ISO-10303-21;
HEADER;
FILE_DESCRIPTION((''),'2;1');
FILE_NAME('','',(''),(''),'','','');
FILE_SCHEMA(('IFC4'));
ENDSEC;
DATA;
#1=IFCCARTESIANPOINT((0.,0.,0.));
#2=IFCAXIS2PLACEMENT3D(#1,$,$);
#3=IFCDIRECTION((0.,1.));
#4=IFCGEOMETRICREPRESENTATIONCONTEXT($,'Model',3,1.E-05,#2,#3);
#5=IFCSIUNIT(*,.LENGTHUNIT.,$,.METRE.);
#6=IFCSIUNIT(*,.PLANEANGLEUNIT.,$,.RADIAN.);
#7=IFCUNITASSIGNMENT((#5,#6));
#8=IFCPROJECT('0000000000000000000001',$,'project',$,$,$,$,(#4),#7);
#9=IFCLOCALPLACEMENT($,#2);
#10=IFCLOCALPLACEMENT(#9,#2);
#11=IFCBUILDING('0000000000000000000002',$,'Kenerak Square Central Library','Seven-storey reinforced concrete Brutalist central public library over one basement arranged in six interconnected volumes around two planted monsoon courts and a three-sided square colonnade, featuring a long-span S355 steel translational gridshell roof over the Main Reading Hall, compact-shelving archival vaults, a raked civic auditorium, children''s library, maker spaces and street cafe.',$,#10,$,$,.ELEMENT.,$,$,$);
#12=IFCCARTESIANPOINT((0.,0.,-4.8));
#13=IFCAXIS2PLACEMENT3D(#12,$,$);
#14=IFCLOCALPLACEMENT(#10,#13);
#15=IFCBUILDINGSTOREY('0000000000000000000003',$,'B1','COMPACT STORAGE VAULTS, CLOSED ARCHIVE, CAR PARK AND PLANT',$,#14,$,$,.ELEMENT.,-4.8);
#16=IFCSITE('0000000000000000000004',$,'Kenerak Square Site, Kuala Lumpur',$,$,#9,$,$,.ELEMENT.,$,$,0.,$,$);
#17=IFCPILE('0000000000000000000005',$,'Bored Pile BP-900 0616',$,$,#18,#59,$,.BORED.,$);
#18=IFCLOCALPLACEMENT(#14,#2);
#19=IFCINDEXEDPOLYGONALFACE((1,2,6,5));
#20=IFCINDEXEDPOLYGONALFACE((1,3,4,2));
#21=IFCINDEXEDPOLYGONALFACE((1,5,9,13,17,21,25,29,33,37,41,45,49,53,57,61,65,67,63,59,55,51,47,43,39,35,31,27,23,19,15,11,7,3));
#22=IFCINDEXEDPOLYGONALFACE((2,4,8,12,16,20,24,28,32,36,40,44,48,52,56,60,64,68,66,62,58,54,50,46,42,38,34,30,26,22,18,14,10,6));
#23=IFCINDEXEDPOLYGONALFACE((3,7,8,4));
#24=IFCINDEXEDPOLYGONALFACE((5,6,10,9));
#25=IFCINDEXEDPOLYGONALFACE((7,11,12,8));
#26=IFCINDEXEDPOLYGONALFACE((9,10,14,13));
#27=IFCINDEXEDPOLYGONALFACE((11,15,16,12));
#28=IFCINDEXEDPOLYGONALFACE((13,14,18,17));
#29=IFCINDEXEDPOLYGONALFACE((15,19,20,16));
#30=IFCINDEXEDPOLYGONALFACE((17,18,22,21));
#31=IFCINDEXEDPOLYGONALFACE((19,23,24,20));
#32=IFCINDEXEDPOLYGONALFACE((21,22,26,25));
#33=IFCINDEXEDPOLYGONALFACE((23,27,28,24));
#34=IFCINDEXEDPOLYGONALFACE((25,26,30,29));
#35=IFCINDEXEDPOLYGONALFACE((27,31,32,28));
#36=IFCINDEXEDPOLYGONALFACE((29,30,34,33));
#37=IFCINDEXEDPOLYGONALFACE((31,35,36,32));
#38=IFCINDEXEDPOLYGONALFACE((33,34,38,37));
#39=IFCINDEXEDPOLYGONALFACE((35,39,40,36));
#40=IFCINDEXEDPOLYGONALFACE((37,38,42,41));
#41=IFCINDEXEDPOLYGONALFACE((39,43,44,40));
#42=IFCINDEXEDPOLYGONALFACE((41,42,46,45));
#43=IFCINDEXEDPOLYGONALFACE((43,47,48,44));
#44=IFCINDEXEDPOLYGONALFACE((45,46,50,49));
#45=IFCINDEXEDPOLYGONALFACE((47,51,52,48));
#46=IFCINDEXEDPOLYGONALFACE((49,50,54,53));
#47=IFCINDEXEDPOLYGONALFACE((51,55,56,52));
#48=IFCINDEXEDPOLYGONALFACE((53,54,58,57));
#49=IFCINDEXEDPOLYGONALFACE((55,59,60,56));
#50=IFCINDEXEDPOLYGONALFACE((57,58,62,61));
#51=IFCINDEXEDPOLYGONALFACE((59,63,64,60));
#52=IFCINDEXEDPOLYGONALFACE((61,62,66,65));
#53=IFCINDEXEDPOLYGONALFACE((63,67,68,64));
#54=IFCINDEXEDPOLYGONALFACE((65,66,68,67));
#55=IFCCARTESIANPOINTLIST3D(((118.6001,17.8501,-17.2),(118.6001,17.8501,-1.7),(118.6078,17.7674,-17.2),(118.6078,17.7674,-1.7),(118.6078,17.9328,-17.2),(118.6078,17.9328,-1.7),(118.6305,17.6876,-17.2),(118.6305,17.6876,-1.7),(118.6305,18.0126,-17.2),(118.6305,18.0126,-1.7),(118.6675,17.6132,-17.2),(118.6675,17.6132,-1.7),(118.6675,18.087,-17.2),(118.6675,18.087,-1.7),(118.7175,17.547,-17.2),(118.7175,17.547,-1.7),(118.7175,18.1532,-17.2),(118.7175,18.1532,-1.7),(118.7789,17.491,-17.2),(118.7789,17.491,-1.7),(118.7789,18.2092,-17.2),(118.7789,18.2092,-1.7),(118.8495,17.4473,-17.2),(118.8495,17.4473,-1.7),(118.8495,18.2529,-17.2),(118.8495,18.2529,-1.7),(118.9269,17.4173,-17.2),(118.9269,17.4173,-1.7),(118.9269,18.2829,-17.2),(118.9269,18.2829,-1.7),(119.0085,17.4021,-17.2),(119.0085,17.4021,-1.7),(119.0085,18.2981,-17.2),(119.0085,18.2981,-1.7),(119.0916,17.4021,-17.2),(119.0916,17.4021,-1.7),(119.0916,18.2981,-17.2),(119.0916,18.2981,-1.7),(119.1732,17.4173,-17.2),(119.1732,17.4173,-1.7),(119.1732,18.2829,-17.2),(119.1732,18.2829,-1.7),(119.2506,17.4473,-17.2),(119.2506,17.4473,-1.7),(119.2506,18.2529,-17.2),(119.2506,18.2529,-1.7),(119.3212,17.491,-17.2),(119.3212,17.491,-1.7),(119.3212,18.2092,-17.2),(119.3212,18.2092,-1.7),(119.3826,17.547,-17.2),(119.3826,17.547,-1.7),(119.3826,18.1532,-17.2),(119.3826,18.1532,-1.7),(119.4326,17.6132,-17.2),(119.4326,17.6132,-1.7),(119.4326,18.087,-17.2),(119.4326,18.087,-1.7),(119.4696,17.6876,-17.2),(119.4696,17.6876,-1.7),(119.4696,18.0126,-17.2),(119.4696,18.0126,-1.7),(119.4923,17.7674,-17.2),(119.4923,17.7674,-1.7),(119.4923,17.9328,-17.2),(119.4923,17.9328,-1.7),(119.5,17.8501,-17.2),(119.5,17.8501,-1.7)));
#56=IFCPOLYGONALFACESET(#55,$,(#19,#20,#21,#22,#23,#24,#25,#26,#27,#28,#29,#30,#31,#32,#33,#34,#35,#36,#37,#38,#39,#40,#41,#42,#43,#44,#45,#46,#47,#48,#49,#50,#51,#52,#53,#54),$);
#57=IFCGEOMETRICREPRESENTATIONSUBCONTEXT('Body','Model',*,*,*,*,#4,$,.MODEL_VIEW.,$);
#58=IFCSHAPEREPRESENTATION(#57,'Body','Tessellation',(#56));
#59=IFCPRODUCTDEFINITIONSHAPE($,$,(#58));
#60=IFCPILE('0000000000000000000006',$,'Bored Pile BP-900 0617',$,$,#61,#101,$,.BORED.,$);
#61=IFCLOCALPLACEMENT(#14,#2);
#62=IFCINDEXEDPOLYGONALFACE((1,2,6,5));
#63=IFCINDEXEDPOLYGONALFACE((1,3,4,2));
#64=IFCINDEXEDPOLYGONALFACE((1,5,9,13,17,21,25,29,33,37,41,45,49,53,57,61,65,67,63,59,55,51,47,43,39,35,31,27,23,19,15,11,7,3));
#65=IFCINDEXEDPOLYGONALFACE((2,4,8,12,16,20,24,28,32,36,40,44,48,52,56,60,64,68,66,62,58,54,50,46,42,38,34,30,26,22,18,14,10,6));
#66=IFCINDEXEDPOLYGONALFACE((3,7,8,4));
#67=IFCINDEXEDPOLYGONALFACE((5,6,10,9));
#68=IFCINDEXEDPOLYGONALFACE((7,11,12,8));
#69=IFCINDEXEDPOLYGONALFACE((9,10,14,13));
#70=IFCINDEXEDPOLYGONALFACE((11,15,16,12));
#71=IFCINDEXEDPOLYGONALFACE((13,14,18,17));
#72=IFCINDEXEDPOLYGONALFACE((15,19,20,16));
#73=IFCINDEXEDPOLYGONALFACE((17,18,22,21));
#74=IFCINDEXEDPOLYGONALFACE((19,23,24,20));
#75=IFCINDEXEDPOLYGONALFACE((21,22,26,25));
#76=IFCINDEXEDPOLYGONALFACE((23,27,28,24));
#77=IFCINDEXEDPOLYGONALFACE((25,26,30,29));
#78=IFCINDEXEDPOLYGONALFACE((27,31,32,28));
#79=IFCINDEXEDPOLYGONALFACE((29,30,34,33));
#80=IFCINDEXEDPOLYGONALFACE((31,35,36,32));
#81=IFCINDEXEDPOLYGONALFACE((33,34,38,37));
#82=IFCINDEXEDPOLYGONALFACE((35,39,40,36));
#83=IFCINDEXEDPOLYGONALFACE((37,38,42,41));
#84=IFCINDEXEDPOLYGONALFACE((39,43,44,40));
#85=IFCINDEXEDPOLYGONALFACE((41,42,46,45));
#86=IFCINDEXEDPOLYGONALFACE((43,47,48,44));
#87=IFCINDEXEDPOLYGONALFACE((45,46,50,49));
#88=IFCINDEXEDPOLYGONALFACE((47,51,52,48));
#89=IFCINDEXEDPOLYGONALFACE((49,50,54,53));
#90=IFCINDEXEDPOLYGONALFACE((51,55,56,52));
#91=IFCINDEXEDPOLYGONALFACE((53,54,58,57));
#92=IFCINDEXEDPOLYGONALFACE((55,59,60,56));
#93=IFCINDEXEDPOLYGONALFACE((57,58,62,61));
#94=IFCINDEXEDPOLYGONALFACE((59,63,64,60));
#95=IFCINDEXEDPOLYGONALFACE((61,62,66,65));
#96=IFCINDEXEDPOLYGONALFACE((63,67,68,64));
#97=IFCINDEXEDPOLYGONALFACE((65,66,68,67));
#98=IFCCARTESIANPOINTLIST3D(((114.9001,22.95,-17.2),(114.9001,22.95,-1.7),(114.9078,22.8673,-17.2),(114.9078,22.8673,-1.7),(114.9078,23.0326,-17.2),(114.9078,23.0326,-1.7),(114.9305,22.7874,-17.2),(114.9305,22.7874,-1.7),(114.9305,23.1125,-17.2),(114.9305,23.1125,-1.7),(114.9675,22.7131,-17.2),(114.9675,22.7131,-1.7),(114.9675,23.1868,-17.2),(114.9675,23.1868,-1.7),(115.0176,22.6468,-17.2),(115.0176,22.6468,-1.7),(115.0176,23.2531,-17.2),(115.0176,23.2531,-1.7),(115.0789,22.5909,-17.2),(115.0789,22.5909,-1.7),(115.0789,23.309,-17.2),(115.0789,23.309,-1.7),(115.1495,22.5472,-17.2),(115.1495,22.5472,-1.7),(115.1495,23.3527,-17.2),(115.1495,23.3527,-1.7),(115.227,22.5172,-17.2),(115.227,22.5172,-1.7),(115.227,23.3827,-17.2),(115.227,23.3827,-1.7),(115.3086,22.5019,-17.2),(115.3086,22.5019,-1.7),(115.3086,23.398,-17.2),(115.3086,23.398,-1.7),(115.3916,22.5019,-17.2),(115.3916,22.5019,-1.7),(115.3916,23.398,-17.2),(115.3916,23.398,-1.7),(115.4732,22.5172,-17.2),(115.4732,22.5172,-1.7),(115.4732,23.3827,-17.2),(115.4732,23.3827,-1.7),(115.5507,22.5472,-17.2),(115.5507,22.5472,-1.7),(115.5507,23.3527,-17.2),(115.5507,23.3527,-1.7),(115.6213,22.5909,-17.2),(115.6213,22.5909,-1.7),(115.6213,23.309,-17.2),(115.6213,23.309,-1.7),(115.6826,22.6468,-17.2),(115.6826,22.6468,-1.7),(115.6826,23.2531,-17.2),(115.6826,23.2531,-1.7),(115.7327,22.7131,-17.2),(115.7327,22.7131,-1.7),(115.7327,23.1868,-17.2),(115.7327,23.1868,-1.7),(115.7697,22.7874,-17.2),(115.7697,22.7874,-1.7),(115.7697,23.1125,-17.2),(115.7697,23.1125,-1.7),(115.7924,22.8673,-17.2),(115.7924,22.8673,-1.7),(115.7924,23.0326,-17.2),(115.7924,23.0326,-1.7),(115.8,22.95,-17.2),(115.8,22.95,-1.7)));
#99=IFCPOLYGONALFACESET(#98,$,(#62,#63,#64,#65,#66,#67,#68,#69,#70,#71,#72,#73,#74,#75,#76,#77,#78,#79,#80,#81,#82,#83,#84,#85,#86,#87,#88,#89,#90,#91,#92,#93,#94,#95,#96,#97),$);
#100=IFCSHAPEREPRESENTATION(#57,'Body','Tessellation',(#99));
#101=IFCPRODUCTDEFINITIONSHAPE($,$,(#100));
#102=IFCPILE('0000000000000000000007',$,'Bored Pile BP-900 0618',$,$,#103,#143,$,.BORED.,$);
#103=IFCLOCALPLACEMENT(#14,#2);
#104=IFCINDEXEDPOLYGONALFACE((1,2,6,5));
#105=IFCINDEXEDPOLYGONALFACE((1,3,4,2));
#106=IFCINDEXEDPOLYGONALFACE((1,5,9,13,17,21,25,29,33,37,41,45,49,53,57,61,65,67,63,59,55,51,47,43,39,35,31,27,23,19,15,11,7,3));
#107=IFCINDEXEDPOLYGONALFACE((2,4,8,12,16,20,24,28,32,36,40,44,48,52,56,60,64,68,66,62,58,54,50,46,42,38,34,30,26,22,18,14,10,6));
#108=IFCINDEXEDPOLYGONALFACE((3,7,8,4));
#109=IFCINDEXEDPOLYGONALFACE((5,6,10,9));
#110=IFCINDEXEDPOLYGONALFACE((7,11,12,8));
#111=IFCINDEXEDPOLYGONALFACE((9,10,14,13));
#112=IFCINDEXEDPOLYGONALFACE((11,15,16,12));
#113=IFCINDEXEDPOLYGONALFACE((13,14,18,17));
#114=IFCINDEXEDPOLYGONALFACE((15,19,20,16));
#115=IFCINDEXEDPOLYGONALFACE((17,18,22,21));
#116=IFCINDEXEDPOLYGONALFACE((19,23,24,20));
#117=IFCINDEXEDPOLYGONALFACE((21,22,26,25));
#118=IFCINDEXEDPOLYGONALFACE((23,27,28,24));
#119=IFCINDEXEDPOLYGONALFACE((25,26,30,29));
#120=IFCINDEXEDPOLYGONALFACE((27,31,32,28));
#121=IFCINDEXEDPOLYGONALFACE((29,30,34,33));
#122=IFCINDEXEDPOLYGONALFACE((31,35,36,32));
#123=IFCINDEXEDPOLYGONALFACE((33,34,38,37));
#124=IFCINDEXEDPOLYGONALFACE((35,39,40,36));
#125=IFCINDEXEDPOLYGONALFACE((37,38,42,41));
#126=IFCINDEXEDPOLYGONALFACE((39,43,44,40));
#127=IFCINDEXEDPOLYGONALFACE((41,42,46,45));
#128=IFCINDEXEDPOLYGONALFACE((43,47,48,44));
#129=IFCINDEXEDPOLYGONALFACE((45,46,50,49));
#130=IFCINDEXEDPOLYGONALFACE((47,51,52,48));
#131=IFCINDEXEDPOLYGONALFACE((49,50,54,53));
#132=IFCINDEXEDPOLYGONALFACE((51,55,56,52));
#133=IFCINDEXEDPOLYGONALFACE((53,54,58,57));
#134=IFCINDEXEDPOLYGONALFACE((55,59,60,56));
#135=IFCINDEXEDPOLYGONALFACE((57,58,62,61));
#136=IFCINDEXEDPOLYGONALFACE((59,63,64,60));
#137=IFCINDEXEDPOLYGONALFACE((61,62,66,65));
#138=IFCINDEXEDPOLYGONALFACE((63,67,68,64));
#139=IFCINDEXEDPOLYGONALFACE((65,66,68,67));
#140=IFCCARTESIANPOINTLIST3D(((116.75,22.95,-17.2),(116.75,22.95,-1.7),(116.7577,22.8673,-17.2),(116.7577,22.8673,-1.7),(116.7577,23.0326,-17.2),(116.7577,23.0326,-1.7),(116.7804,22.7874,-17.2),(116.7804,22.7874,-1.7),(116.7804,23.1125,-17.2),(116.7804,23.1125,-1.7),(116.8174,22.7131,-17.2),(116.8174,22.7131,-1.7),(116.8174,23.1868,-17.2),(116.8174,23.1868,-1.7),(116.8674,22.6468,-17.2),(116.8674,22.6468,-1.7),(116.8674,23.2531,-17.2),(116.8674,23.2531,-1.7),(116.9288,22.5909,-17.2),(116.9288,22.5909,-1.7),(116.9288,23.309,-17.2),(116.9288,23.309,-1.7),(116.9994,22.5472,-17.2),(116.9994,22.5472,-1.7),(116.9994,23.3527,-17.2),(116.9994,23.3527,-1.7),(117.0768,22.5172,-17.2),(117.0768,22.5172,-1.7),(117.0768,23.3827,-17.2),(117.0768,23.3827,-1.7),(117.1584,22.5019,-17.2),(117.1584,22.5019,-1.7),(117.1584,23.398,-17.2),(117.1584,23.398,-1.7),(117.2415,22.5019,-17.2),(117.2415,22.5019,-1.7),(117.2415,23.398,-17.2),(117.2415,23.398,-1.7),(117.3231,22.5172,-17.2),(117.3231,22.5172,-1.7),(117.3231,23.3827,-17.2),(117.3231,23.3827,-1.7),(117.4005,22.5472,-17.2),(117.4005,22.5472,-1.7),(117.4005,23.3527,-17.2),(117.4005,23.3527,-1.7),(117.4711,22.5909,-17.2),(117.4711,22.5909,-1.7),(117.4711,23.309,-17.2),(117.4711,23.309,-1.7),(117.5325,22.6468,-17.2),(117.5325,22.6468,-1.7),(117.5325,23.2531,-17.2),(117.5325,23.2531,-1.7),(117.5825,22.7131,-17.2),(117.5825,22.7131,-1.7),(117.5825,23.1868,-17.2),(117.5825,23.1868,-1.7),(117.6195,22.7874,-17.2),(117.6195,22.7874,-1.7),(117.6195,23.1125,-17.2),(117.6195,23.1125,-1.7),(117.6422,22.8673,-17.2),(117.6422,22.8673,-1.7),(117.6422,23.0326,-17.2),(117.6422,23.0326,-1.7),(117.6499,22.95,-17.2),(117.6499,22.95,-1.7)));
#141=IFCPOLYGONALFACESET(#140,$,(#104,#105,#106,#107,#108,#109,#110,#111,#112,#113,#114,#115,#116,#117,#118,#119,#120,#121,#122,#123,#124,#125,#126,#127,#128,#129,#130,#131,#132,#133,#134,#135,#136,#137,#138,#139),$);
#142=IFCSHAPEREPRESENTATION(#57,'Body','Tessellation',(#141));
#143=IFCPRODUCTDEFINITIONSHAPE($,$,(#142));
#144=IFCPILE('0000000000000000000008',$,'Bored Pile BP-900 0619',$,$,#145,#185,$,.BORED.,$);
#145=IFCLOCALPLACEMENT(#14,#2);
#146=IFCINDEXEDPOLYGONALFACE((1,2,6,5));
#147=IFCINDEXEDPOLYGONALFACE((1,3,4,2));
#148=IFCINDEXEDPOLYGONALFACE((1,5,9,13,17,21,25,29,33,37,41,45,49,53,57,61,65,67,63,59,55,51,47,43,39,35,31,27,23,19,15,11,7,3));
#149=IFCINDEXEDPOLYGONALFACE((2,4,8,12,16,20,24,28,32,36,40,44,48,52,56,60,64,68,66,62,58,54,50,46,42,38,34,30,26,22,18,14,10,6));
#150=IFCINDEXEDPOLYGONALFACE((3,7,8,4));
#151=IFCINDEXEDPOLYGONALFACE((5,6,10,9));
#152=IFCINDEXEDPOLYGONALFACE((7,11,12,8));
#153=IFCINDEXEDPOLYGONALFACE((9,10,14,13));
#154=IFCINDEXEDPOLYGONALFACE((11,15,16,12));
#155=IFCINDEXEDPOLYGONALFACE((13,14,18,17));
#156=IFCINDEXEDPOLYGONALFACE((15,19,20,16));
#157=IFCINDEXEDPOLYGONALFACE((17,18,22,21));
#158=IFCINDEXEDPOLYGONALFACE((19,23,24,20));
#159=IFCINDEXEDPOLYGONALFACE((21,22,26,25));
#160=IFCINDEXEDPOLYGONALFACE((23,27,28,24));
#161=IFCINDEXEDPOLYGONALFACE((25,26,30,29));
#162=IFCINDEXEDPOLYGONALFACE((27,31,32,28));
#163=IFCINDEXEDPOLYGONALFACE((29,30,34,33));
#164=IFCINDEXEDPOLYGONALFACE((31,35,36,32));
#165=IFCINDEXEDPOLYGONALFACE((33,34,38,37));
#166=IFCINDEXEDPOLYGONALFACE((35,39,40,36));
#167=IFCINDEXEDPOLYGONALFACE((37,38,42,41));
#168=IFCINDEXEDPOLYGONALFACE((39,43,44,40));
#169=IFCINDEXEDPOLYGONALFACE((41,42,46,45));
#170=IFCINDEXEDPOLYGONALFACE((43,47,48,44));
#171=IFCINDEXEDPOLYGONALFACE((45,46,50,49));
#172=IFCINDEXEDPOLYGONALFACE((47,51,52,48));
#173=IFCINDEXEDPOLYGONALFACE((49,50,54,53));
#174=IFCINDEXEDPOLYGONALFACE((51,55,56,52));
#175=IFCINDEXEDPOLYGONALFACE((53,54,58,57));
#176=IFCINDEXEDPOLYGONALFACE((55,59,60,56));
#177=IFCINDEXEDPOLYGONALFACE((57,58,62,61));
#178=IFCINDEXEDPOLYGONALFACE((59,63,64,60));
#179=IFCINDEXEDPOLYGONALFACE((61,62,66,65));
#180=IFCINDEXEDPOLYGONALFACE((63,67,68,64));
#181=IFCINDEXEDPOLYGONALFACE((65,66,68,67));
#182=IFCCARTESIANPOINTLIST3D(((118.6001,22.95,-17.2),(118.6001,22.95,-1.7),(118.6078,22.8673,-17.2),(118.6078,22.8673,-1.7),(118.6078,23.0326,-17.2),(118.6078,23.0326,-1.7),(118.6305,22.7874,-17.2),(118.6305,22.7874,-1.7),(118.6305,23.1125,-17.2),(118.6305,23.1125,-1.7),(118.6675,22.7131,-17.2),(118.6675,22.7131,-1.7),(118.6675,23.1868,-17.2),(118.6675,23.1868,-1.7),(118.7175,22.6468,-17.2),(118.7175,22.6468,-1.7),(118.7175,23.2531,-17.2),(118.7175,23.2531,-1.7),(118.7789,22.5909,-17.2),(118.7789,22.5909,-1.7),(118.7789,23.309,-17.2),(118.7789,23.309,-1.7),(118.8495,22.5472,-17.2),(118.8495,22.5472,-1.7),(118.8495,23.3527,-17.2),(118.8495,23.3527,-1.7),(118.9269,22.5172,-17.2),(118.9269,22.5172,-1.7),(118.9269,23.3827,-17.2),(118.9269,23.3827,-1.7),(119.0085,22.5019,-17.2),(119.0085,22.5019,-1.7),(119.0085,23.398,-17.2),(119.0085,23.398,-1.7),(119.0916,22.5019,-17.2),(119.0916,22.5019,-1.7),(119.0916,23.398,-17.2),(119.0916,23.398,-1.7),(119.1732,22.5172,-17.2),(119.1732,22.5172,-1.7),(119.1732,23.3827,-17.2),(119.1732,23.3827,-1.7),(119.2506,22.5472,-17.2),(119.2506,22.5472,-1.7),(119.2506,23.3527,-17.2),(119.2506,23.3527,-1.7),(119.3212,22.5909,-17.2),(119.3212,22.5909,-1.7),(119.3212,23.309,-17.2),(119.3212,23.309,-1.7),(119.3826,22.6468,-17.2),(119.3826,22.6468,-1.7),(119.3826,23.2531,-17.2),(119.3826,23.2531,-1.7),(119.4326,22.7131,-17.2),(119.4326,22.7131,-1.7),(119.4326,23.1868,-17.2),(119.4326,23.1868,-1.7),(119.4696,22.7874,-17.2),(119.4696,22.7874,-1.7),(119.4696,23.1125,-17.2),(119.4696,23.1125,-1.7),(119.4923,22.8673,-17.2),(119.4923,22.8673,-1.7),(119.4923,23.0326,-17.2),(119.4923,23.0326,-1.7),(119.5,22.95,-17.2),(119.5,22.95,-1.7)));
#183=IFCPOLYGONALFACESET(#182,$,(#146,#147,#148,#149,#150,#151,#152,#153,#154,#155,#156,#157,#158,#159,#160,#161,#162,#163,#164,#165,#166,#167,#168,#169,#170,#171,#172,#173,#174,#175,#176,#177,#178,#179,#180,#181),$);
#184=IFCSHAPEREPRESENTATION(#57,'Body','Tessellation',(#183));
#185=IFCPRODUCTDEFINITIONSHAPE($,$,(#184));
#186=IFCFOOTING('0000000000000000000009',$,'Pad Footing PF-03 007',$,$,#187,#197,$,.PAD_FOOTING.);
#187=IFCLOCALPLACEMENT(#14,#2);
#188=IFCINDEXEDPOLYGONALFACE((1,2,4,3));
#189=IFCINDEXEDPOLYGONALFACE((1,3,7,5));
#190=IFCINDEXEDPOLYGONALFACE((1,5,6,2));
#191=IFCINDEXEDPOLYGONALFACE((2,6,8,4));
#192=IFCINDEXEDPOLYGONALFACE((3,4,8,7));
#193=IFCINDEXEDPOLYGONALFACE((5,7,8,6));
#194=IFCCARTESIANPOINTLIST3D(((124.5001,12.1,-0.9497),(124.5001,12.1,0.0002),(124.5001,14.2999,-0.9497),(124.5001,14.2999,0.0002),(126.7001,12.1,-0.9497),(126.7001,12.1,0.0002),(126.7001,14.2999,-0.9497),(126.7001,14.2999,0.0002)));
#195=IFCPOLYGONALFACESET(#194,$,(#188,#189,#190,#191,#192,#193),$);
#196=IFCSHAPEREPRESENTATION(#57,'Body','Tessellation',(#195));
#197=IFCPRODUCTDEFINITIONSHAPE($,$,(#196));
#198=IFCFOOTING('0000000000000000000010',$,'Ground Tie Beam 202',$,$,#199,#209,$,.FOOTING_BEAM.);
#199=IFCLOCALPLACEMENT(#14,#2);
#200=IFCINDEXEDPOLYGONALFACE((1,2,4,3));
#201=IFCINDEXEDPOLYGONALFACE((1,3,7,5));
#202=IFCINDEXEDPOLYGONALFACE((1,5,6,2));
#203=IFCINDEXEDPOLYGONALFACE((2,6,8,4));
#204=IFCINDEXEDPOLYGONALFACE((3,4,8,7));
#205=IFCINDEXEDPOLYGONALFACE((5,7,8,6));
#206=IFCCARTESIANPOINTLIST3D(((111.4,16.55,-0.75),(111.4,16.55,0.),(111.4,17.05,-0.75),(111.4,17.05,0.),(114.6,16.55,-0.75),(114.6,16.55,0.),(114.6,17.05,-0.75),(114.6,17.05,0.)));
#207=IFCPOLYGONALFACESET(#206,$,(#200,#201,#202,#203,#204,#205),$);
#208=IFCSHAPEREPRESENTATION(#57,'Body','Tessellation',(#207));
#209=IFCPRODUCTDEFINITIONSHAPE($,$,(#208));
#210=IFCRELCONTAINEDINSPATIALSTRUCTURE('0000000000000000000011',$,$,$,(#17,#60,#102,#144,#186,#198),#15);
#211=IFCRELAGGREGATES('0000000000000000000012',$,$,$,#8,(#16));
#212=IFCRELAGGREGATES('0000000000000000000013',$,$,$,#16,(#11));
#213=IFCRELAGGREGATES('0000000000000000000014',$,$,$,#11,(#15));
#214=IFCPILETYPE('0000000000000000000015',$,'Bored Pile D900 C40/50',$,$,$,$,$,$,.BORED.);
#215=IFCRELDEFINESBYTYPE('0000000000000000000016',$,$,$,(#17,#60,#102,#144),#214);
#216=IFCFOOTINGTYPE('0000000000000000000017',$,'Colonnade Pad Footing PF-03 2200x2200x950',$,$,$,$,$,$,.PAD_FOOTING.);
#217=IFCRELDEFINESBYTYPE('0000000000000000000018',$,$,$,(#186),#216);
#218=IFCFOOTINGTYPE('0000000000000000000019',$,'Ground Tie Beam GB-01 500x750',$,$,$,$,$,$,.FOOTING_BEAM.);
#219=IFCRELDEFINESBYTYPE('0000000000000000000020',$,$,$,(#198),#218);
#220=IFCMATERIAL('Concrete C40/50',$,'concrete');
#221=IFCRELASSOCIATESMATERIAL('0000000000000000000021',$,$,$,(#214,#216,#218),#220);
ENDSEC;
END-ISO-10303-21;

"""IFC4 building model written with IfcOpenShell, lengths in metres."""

from ifc_helpers import new_model, si_unit, direction, frame, origin, origin_2d, place, context, subcontext, project, spatial, rectangle, circle, extrude, material, material_profile, profile_set, type_object, element, save


model = new_model("IFC4")

# Units and contexts
model_context = context("Model", 3, precision=1e-05, world=origin(), true_north=direction((0.0, 1.0)))
body_context = subcontext(model_context, "Body", "Model", "MODEL_VIEW")
ifc_project = project(units=[si_unit("LENGTHUNIT", "METRE"), si_unit("PLANEANGLEUNIT", "RADIAN")], contexts=[model_context])

# Site, building, storey
site_placement = place(None, origin())
site = spatial("IfcSite", under=ifc_project, at=site_placement, Name="Kenerak Square Site, Kuala Lumpur", CompositionType="ELEMENT", RefElevation=0.0)
building_placement = place(site_placement, origin())
building = spatial("IfcBuilding", under=site, at=building_placement, Name="Kenerak Square Central Library", Description="Seven-storey reinforced concrete Brutalist central public library over one basement arranged in six interconnected volumes around two planted monsoon courts and a three-sided square colonnade, featuring a long-span S355 steel translational gridshell roof over the Main Reading Hall, compact-shelving archival vaults, a raked civic auditorium, children's library, maker spaces and street cafe.", CompositionType="ELEMENT")
storey_placement = place(building_placement, frame((0.0, 0.0, -4.8)))
storey = spatial("IfcBuildingStorey", under=building, at=storey_placement, Name="B1", Description="COMPACT STORAGE VAULTS, CLOSED ARCHIVE, CAR PARK AND PLANT", CompositionType="ELEMENT", Elevation=-4.8)

# Piles
ifc_material_1 = material(Name="Concrete C40/50", Category="concrete")
ifc_material_profile_1 = material_profile(ifc_material_1, circle(Radius=0.45, at=origin_2d()), Name="BP D900")
ifc_profile_set_1 = profile_set([ifc_material_profile_1], Name="Concrete C40/50")
pile_type_1 = type_object("IfcPileType", Name="Bored Pile D900 C40/50", PredefinedType="BORED", material=ifc_profile_set_1)
for number, where, z_axis, x_axis, name in (
    (1, (119.05, 17.8501, -1.7), (0.0, 0.0, -1.0), (1.0, 0.0, 0.0), "Bored Pile BP-900 0616"),
    (2, (115.3501, 22.95, -1.7), (0.0, 0.0, -1.0), (1.0, 0.0, 0.0), "Bored Pile BP-900 0617"),
    (3, (117.2, 22.95, -1.7), (0.0, 0.0, -1.0), (1.0, 0.0, 0.0), "Bored Pile BP-900 0618"),
    (4, (119.05, 22.95, -1.7), (0.0, 0.0, -1.0), (1.0, 0.0, 0.0), "Bored Pile BP-900 0619"),
):
    element("IfcPile", number, at=place(storey_placement, frame(where, z_axis=z_axis, x_axis=x_axis)), inside=storey, type_object=pile_type_1, Name=name, PredefinedType="BORED", context=body_context, shape_type="SweptSolid", body=[
        extrude(circle(Radius=0.45, at=origin_2d()), origin(), (0.0, 0.0, 1.0), 15.5),
    ])

# Footings
footing_type_1 = type_object("IfcFootingType", Name="Colonnade Pad Footing PF-03 2200x2200x950", PredefinedType="PAD_FOOTING", material=ifc_material_1)
footing_1_placement = place(storey_placement, frame((125.6001, 13.2, -0.9497), z_axis=(0.0, 0.0, 1.0), x_axis=(1.0, 0.0, 0.0)))
element("IfcFooting", 5, at=footing_1_placement, inside=storey, type_object=footing_type_1, Name="Pad Footing PF-03 007", PredefinedType="PAD_FOOTING", context=body_context, shape_type="SweptSolid", body=[
    extrude(rectangle(XDim=2.2, YDim=2.2, at=origin_2d()), origin(), (0.0, 0.0, 1.0), 0.95),
])
footing_type_2 = type_object("IfcFootingType", Name="Ground Tie Beam GB-01 500x750", PredefinedType="FOOTING_BEAM", material=ifc_material_1)
footing_2_placement = place(storey_placement, frame((113.0, 16.8, -0.75), z_axis=(0.0, 0.0, 1.0), x_axis=(1.0, 0.0, 0.0)))
element("IfcFooting", 6, at=footing_2_placement, inside=storey, type_object=footing_type_2, Name="Ground Tie Beam 202", PredefinedType="FOOTING_BEAM", context=body_context, shape_type="SweptSolid", body=[
    extrude(rectangle(XDim=3.2, YDim=0.5, at=origin_2d()), origin(), (0.0, 0.0, 1.0), 0.75),
])

save(model, "model.ifc")
